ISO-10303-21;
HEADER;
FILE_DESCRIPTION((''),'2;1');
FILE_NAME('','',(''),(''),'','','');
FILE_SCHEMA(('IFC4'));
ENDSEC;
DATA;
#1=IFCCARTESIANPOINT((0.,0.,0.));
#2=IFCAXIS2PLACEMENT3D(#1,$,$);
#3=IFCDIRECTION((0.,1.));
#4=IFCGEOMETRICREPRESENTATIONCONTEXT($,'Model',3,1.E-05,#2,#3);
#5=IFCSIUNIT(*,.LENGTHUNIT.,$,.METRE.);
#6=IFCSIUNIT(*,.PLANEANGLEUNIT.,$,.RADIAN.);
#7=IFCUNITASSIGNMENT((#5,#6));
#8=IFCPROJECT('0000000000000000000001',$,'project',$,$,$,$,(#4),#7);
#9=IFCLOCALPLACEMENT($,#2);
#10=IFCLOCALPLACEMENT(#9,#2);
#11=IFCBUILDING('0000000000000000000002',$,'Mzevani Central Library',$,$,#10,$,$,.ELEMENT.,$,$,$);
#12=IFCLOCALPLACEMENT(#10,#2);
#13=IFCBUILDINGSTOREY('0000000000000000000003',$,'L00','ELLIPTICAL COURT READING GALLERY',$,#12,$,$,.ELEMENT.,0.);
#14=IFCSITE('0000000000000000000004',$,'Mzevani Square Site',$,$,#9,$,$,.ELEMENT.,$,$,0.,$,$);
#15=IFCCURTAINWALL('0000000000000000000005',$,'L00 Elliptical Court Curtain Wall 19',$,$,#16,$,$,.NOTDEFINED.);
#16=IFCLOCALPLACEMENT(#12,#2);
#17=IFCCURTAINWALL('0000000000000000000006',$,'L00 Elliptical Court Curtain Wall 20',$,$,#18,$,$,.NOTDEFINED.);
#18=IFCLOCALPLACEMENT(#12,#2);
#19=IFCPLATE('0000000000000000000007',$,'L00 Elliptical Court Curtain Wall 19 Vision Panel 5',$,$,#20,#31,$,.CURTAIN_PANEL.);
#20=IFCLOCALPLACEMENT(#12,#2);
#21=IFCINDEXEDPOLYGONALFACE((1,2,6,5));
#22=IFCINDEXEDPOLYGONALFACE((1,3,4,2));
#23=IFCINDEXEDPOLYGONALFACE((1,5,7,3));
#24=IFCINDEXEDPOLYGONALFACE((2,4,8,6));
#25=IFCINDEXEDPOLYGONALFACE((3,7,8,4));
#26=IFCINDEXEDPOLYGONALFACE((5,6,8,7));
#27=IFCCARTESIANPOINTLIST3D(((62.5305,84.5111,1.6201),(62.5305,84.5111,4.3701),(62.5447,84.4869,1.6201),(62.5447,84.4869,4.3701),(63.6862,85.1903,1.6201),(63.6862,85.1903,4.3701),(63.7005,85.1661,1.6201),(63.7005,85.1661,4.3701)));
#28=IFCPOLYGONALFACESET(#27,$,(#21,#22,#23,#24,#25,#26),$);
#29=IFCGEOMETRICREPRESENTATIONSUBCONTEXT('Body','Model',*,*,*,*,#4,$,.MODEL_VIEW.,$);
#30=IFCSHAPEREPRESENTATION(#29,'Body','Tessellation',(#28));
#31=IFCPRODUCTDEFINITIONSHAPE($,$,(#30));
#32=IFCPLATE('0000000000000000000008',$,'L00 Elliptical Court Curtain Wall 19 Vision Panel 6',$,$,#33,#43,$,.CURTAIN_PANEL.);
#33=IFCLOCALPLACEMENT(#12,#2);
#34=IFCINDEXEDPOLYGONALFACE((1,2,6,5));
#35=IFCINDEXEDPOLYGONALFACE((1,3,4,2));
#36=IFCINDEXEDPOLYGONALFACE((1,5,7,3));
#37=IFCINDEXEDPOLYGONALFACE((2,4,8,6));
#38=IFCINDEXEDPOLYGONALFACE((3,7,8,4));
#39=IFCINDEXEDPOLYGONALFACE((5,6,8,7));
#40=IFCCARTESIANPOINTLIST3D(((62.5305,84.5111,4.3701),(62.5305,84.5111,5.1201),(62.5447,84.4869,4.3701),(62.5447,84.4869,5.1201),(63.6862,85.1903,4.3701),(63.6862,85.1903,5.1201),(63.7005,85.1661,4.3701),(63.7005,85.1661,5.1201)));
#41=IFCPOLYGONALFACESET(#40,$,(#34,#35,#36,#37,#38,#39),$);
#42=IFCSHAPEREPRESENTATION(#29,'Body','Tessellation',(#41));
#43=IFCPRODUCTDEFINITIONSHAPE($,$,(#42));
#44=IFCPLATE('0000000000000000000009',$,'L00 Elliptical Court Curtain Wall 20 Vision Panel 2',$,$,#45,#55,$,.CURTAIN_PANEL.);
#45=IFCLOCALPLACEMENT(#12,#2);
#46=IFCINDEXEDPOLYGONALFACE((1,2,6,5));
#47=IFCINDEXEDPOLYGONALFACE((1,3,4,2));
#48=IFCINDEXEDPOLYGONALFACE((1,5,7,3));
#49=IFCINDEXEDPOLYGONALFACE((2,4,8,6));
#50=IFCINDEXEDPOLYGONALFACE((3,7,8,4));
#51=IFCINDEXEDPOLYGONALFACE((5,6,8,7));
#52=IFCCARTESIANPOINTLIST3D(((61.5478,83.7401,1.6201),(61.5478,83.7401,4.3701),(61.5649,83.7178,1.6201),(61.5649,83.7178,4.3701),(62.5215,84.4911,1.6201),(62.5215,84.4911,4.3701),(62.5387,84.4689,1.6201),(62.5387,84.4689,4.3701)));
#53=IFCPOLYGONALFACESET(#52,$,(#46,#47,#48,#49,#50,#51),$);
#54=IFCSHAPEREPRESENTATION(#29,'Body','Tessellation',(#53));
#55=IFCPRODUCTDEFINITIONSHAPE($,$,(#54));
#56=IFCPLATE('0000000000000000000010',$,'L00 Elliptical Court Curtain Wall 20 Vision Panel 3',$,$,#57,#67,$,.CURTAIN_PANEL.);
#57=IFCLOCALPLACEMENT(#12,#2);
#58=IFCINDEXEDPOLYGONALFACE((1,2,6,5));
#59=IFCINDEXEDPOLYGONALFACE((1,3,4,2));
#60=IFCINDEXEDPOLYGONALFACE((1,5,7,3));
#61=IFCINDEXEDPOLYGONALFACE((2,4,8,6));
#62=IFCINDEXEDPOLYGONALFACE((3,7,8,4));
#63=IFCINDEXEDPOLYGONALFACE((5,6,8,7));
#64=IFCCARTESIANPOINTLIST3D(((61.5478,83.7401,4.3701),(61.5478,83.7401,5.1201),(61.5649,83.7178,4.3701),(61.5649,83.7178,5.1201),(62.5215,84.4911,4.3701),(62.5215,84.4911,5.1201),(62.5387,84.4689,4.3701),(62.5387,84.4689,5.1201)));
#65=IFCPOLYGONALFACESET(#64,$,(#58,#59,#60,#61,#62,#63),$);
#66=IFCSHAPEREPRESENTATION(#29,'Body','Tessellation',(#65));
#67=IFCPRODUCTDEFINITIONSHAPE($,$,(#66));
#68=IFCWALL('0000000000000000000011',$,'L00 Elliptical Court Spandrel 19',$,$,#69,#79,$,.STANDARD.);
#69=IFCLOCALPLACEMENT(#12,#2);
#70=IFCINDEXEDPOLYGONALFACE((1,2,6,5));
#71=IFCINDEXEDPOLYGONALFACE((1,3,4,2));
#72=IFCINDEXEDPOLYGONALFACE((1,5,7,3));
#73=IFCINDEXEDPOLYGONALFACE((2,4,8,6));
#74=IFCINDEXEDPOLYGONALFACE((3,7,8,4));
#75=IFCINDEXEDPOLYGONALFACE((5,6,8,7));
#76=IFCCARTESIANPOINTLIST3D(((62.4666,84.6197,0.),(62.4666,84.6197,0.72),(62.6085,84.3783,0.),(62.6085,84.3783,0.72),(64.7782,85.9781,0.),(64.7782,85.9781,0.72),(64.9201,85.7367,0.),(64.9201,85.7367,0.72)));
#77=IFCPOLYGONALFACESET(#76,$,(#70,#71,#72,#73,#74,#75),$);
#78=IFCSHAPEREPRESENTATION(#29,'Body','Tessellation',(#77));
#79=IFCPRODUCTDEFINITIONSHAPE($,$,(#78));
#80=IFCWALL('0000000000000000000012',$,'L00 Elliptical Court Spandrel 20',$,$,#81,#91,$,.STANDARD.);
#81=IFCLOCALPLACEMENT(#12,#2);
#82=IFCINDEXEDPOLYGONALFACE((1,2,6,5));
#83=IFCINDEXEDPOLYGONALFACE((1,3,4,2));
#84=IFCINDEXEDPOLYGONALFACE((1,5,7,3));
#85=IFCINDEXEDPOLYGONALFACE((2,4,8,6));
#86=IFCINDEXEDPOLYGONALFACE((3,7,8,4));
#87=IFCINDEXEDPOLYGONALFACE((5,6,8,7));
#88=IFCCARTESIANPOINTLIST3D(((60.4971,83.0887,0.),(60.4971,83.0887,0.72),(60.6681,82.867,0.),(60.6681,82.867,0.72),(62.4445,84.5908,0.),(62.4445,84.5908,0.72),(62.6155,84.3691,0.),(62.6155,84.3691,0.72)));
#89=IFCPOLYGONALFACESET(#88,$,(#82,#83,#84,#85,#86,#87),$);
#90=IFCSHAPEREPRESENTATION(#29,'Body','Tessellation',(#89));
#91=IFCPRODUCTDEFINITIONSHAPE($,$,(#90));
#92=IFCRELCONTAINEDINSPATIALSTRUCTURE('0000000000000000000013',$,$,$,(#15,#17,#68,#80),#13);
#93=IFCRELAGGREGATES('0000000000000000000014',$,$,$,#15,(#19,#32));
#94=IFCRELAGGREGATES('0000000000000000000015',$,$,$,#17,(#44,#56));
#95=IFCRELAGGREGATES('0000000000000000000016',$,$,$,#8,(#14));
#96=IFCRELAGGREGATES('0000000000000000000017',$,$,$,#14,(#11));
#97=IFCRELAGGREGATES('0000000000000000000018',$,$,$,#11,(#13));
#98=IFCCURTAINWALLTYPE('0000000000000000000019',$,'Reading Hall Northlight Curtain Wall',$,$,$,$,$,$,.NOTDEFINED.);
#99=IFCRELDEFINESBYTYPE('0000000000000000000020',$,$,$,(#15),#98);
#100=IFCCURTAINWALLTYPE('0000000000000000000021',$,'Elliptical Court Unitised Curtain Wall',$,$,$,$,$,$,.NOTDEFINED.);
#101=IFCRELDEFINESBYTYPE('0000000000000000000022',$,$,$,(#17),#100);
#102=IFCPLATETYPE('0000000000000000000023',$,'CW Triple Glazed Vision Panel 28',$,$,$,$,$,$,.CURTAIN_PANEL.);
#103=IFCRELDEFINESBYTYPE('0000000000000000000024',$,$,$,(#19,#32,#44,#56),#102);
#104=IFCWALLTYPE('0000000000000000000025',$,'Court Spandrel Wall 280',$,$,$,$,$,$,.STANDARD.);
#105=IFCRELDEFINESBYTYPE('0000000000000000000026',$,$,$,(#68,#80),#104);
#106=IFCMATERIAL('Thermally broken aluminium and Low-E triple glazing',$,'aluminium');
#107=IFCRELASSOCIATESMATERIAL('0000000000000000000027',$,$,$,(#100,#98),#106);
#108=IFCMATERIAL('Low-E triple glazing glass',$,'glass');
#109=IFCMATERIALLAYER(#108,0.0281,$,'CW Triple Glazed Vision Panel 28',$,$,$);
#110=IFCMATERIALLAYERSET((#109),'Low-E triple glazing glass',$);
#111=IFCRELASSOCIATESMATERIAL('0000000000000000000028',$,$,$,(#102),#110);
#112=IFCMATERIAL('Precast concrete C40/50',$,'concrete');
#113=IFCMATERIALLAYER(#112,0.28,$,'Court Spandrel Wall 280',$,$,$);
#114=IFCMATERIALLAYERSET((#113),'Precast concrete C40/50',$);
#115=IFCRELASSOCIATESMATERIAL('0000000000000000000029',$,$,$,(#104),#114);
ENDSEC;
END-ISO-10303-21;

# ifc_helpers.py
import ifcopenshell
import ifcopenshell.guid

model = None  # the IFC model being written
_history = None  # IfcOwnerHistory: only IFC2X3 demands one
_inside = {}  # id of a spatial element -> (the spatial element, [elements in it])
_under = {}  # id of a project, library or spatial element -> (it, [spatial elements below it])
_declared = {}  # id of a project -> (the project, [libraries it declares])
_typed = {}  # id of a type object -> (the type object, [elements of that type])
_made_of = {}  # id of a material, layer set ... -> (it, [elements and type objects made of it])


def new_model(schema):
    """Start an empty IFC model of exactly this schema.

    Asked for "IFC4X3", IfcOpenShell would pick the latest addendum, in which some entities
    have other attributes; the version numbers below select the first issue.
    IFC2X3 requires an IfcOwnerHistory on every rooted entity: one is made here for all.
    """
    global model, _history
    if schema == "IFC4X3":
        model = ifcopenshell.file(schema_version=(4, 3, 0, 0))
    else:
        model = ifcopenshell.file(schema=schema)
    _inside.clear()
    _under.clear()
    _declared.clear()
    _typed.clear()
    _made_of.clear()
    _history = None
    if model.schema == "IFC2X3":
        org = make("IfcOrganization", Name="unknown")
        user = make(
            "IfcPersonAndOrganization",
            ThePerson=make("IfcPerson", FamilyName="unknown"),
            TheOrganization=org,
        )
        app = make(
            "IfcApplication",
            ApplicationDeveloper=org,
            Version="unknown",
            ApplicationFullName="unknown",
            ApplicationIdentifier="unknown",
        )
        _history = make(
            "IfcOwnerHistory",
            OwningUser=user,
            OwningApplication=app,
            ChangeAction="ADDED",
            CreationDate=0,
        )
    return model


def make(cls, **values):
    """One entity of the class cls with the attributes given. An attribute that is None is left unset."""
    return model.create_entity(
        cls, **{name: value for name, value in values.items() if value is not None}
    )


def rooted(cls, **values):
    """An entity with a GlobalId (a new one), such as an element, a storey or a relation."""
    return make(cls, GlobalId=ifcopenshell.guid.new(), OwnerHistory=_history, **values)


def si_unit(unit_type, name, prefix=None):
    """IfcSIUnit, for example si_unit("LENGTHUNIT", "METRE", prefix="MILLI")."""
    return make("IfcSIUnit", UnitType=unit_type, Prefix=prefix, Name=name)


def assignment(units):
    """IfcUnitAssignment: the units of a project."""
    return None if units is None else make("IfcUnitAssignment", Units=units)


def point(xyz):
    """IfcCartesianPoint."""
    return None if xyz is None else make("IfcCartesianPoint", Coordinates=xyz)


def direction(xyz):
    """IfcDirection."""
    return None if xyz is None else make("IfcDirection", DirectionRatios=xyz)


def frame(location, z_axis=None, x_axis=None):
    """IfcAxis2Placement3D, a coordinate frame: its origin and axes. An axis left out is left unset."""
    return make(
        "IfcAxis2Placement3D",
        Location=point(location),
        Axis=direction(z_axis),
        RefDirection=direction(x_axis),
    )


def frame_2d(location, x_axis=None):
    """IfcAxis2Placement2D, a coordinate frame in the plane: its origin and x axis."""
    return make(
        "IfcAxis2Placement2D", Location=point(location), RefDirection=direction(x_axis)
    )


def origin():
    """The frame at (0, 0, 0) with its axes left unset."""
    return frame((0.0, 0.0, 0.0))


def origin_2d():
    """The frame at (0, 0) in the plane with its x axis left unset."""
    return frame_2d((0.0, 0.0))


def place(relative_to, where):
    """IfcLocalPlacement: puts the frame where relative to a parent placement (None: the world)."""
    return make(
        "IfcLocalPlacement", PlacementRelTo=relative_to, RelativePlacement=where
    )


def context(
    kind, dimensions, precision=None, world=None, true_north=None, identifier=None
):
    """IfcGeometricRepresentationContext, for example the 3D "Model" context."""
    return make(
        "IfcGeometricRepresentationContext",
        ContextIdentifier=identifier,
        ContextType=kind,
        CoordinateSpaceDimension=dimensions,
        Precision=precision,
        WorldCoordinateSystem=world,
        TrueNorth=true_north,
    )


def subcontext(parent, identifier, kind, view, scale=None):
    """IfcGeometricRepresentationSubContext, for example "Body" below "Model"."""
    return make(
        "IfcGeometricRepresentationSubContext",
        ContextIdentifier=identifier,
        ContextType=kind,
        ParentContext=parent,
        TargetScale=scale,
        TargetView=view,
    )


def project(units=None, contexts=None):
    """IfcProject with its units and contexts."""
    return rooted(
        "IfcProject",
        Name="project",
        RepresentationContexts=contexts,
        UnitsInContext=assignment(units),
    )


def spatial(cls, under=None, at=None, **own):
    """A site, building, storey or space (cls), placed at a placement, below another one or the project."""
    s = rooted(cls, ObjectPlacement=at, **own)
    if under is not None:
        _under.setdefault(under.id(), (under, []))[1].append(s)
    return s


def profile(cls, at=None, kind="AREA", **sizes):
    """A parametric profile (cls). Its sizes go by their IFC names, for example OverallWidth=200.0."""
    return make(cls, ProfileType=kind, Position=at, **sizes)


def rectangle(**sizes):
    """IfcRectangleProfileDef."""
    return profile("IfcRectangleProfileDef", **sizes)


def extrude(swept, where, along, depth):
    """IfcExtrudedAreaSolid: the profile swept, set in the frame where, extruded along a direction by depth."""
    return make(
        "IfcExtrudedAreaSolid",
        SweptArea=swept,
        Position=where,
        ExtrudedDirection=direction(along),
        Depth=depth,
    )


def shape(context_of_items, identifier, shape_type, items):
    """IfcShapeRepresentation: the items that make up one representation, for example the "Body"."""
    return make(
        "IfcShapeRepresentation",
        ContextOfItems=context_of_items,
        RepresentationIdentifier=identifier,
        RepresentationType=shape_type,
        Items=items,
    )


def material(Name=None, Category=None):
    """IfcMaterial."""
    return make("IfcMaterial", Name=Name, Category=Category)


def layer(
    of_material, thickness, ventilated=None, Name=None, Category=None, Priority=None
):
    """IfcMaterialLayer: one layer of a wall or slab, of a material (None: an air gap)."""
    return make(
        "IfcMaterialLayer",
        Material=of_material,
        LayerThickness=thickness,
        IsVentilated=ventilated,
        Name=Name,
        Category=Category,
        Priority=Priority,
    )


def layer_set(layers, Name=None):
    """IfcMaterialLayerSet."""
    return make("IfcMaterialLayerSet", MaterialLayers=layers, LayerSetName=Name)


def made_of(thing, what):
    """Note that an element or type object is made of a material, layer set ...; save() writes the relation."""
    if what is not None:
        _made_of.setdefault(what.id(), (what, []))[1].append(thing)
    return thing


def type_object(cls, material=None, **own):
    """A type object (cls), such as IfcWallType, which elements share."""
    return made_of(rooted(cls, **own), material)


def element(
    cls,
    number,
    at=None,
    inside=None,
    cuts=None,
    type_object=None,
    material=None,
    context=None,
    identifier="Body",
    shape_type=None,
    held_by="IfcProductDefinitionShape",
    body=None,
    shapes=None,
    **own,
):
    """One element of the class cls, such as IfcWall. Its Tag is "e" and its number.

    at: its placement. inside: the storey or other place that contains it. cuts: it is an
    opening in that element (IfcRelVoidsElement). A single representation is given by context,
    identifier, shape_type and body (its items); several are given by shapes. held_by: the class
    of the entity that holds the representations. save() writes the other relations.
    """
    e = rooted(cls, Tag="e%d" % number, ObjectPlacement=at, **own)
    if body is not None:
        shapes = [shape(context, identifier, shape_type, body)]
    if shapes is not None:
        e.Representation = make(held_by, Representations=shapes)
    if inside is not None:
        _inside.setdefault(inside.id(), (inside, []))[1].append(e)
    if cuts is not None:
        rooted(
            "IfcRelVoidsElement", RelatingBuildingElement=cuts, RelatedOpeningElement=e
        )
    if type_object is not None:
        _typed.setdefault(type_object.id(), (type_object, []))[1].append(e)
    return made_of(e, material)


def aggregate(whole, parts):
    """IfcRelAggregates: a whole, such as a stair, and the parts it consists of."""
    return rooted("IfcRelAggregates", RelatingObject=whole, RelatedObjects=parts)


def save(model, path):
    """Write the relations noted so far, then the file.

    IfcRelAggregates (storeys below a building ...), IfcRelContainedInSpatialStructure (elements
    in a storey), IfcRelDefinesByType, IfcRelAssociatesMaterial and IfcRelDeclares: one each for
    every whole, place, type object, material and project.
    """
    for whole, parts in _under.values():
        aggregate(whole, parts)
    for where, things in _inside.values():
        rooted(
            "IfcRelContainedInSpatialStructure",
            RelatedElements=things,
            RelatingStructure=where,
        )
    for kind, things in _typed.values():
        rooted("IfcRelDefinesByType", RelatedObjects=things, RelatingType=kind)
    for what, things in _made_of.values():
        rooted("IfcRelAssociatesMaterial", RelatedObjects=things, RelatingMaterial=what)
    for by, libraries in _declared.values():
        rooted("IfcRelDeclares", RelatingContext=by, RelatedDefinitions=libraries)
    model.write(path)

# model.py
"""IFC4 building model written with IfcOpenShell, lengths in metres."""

from ifc_helpers import new_model, si_unit, direction, frame, frame_2d, origin, origin_2d, place, context, subcontext, project, spatial, rectangle, extrude, material, layer, layer_set, type_object, element, aggregate, save


model = new_model("IFC4")

# Units and contexts
model_context = context("Model", 3, precision=1e-05, world=origin(), true_north=direction((0.0, 1.0)))
body_context = subcontext(model_context, "Body", "Model", "MODEL_VIEW")
ifc_project = project(units=[si_unit("LENGTHUNIT", "METRE"), si_unit("PLANEANGLEUNIT", "RADIAN")], contexts=[model_context])

# Site, building, storey
site_placement = place(None, origin())
site = spatial("IfcSite", under=ifc_project, at=site_placement, Name="Mzevani Square Site", CompositionType="ELEMENT", RefElevation=0.0)
building_placement = place(site_placement, origin())
building = spatial("IfcBuilding", under=site, at=building_placement, Name="Mzevani Central Library", CompositionType="ELEMENT")
storey_placement = place(building_placement, origin())
storey = spatial("IfcBuildingStorey", under=building, at=storey_placement, Name="L00", Description="ELLIPTICAL COURT READING GALLERY", CompositionType="ELEMENT", Elevation=0.0)

# Curtain wall
ifc_material_1 = material(Name="Thermally broken aluminium and Low-E triple glazing", Category="aluminium")
curtain_wall_type_1 = type_object("IfcCurtainWallType", Name="Elliptical Court Unitised Curtain Wall", PredefinedType="NOTDEFINED", material=ifc_material_1)
curtain_wall_type_2 = type_object("IfcCurtainWallType", Name="Reading Hall Northlight Curtain Wall", PredefinedType="NOTDEFINED", material=ifc_material_1)
curtain_wall_1_placement = place(storey_placement, origin())
curtain_wall_1 = element("IfcCurtainWall", 1, at=curtain_wall_1_placement, inside=storey, type_object=curtain_wall_type_2, Name="L00 Elliptical Court Curtain Wall 19", PredefinedType="NOTDEFINED")

# Curtain wall
curtain_wall_2_placement = place(storey_placement, origin())
curtain_wall_2 = element("IfcCurtainWall", 2, at=curtain_wall_2_placement, inside=storey, type_object=curtain_wall_type_1, Name="L00 Elliptical Court Curtain Wall 20", PredefinedType="NOTDEFINED")

# Plates
ifc_material_2 = material(Name="Low-E triple glazing glass", Category="glass")
ifc_layer_1 = layer(ifc_material_2, 0.0281, Name="CW Triple Glazed Vision Panel 28")
ifc_layer_set_1 = layer_set([ifc_layer_1], Name="Low-E triple glazing glass")
plate_type_1 = type_object("IfcPlateType", Name="CW Triple Glazed Vision Panel 28", PredefinedType="CURTAIN_PANEL", material=ifc_layer_set_1)
plate_1_placement = place(storey_placement, frame((63.1155, 84.8386, 1.6201), z_axis=(0.0, 0.0, 1.0), x_axis=(-0.862137, -0.506675, 0.0)))
plate_1 = element("IfcPlate", 3, at=plate_1_placement, type_object=plate_type_1, Name="L00 Elliptical Court Curtain Wall 19 Vision Panel 5", PredefinedType="CURTAIN_PANEL", context=body_context, shape_type="SweptSolid", body=[
    extrude(rectangle(XDim=1.3406, YDim=0.0281, at=origin_2d()), origin(), (0.0, 0.0, 1.0), 2.75),
])
plate_2_placement = place(storey_placement, frame((63.1155, 84.8386, 4.3701), z_axis=(0.0, 0.0, 1.0), x_axis=(-0.862137, -0.506675, 0.0)))
plate_2 = element("IfcPlate", 4, at=plate_2_placement, type_object=plate_type_1, Name="L00 Elliptical Court Curtain Wall 19 Vision Panel 6", PredefinedType="CURTAIN_PANEL", context=body_context, shape_type="SweptSolid", body=[
    extrude(rectangle(XDim=1.3406, YDim=0.0281, at=origin_2d()), origin(), (0.0, 0.0, 1.0), 0.75),
])
aggregate(curtain_wall_1, [plate_1, plate_2])
plate_3_placement = place(storey_placement, frame((62.0432, 84.1045, 1.6201), z_axis=(0.0, 0.0, 1.0), x_axis=(-0.791828, -0.610744, 0.0)))
plate_3 = element("IfcPlate", 5, at=plate_3_placement, type_object=plate_type_1, Name="L00 Elliptical Court Curtain Wall 20 Vision Panel 2", PredefinedType="CURTAIN_PANEL", context=body_context, shape_type="SweptSolid", body=[
    extrude(rectangle(XDim=1.2297, YDim=0.0281, at=origin_2d()), origin(), (0.0, 0.0, 1.0), 2.75),
])
plate_4_placement = place(storey_placement, frame((62.0432, 84.1045, 4.3701), z_axis=(0.0, 0.0, 1.0), x_axis=(-0.791828, -0.610744, 0.0)))
plate_4 = element("IfcPlate", 6, at=plate_4_placement, type_object=plate_type_1, Name="L00 Elliptical Court Curtain Wall 20 Vision Panel 3", PredefinedType="CURTAIN_PANEL", context=body_context, shape_type="SweptSolid", body=[
    extrude(rectangle(XDim=1.2297, YDim=0.0281, at=origin_2d()), origin(), (0.0, 0.0, 1.0), 0.75),
])
aggregate(curtain_wall_2, [plate_3, plate_4])

# Walls
ifc_material_3 = material(Name="Precast concrete C40/50", Category="concrete")
ifc_layer_2 = layer(ifc_material_3, 0.28, Name="Court Spandrel Wall 280")
ifc_layer_set_2 = layer_set([ifc_layer_2], Name="Precast concrete C40/50")
wall_type = type_object("IfcWallType", Name="Court Spandrel Wall 280", PredefinedType="STANDARD", material=ifc_layer_set_2)
wall_1_placement = place(storey_placement, frame((64.8491, 85.8574, 0.0), z_axis=(0.0, 0.0, 1.0), x_axis=(-0.862149, -0.506654, 0.0)))
element("IfcWall", 7, at=wall_1_placement, inside=storey, type_object=wall_type, Name="L00 Elliptical Court Spandrel 19", PredefinedType="STANDARD", context=body_context, shape_type="SweptSolid", body=[
    extrude(rectangle(XDim=2.6812, YDim=0.28, at=frame_2d((1.3406, 0.0))), origin(), (0.0, 0.0, 1.0), 0.72),
])
wall_2_placement = place(storey_placement, frame((62.53, 84.48, 0.0), z_axis=(0.0, 0.0, 1.0), x_axis=(-0.791815, -0.610761, 0.0)))
element("IfcWall", 8, at=wall_2_placement, inside=storey, type_object=wall_type, Name="L00 Elliptical Court Spandrel 20", PredefinedType="STANDARD", context=body_context, shape_type="SweptSolid", body=[
    extrude(rectangle(XDim=2.4595, YDim=0.28, at=frame_2d((1.2297, 0.0))), origin(), (0.0, 0.0, 1.0), 0.72),
])

save(model, "model.ifc")
